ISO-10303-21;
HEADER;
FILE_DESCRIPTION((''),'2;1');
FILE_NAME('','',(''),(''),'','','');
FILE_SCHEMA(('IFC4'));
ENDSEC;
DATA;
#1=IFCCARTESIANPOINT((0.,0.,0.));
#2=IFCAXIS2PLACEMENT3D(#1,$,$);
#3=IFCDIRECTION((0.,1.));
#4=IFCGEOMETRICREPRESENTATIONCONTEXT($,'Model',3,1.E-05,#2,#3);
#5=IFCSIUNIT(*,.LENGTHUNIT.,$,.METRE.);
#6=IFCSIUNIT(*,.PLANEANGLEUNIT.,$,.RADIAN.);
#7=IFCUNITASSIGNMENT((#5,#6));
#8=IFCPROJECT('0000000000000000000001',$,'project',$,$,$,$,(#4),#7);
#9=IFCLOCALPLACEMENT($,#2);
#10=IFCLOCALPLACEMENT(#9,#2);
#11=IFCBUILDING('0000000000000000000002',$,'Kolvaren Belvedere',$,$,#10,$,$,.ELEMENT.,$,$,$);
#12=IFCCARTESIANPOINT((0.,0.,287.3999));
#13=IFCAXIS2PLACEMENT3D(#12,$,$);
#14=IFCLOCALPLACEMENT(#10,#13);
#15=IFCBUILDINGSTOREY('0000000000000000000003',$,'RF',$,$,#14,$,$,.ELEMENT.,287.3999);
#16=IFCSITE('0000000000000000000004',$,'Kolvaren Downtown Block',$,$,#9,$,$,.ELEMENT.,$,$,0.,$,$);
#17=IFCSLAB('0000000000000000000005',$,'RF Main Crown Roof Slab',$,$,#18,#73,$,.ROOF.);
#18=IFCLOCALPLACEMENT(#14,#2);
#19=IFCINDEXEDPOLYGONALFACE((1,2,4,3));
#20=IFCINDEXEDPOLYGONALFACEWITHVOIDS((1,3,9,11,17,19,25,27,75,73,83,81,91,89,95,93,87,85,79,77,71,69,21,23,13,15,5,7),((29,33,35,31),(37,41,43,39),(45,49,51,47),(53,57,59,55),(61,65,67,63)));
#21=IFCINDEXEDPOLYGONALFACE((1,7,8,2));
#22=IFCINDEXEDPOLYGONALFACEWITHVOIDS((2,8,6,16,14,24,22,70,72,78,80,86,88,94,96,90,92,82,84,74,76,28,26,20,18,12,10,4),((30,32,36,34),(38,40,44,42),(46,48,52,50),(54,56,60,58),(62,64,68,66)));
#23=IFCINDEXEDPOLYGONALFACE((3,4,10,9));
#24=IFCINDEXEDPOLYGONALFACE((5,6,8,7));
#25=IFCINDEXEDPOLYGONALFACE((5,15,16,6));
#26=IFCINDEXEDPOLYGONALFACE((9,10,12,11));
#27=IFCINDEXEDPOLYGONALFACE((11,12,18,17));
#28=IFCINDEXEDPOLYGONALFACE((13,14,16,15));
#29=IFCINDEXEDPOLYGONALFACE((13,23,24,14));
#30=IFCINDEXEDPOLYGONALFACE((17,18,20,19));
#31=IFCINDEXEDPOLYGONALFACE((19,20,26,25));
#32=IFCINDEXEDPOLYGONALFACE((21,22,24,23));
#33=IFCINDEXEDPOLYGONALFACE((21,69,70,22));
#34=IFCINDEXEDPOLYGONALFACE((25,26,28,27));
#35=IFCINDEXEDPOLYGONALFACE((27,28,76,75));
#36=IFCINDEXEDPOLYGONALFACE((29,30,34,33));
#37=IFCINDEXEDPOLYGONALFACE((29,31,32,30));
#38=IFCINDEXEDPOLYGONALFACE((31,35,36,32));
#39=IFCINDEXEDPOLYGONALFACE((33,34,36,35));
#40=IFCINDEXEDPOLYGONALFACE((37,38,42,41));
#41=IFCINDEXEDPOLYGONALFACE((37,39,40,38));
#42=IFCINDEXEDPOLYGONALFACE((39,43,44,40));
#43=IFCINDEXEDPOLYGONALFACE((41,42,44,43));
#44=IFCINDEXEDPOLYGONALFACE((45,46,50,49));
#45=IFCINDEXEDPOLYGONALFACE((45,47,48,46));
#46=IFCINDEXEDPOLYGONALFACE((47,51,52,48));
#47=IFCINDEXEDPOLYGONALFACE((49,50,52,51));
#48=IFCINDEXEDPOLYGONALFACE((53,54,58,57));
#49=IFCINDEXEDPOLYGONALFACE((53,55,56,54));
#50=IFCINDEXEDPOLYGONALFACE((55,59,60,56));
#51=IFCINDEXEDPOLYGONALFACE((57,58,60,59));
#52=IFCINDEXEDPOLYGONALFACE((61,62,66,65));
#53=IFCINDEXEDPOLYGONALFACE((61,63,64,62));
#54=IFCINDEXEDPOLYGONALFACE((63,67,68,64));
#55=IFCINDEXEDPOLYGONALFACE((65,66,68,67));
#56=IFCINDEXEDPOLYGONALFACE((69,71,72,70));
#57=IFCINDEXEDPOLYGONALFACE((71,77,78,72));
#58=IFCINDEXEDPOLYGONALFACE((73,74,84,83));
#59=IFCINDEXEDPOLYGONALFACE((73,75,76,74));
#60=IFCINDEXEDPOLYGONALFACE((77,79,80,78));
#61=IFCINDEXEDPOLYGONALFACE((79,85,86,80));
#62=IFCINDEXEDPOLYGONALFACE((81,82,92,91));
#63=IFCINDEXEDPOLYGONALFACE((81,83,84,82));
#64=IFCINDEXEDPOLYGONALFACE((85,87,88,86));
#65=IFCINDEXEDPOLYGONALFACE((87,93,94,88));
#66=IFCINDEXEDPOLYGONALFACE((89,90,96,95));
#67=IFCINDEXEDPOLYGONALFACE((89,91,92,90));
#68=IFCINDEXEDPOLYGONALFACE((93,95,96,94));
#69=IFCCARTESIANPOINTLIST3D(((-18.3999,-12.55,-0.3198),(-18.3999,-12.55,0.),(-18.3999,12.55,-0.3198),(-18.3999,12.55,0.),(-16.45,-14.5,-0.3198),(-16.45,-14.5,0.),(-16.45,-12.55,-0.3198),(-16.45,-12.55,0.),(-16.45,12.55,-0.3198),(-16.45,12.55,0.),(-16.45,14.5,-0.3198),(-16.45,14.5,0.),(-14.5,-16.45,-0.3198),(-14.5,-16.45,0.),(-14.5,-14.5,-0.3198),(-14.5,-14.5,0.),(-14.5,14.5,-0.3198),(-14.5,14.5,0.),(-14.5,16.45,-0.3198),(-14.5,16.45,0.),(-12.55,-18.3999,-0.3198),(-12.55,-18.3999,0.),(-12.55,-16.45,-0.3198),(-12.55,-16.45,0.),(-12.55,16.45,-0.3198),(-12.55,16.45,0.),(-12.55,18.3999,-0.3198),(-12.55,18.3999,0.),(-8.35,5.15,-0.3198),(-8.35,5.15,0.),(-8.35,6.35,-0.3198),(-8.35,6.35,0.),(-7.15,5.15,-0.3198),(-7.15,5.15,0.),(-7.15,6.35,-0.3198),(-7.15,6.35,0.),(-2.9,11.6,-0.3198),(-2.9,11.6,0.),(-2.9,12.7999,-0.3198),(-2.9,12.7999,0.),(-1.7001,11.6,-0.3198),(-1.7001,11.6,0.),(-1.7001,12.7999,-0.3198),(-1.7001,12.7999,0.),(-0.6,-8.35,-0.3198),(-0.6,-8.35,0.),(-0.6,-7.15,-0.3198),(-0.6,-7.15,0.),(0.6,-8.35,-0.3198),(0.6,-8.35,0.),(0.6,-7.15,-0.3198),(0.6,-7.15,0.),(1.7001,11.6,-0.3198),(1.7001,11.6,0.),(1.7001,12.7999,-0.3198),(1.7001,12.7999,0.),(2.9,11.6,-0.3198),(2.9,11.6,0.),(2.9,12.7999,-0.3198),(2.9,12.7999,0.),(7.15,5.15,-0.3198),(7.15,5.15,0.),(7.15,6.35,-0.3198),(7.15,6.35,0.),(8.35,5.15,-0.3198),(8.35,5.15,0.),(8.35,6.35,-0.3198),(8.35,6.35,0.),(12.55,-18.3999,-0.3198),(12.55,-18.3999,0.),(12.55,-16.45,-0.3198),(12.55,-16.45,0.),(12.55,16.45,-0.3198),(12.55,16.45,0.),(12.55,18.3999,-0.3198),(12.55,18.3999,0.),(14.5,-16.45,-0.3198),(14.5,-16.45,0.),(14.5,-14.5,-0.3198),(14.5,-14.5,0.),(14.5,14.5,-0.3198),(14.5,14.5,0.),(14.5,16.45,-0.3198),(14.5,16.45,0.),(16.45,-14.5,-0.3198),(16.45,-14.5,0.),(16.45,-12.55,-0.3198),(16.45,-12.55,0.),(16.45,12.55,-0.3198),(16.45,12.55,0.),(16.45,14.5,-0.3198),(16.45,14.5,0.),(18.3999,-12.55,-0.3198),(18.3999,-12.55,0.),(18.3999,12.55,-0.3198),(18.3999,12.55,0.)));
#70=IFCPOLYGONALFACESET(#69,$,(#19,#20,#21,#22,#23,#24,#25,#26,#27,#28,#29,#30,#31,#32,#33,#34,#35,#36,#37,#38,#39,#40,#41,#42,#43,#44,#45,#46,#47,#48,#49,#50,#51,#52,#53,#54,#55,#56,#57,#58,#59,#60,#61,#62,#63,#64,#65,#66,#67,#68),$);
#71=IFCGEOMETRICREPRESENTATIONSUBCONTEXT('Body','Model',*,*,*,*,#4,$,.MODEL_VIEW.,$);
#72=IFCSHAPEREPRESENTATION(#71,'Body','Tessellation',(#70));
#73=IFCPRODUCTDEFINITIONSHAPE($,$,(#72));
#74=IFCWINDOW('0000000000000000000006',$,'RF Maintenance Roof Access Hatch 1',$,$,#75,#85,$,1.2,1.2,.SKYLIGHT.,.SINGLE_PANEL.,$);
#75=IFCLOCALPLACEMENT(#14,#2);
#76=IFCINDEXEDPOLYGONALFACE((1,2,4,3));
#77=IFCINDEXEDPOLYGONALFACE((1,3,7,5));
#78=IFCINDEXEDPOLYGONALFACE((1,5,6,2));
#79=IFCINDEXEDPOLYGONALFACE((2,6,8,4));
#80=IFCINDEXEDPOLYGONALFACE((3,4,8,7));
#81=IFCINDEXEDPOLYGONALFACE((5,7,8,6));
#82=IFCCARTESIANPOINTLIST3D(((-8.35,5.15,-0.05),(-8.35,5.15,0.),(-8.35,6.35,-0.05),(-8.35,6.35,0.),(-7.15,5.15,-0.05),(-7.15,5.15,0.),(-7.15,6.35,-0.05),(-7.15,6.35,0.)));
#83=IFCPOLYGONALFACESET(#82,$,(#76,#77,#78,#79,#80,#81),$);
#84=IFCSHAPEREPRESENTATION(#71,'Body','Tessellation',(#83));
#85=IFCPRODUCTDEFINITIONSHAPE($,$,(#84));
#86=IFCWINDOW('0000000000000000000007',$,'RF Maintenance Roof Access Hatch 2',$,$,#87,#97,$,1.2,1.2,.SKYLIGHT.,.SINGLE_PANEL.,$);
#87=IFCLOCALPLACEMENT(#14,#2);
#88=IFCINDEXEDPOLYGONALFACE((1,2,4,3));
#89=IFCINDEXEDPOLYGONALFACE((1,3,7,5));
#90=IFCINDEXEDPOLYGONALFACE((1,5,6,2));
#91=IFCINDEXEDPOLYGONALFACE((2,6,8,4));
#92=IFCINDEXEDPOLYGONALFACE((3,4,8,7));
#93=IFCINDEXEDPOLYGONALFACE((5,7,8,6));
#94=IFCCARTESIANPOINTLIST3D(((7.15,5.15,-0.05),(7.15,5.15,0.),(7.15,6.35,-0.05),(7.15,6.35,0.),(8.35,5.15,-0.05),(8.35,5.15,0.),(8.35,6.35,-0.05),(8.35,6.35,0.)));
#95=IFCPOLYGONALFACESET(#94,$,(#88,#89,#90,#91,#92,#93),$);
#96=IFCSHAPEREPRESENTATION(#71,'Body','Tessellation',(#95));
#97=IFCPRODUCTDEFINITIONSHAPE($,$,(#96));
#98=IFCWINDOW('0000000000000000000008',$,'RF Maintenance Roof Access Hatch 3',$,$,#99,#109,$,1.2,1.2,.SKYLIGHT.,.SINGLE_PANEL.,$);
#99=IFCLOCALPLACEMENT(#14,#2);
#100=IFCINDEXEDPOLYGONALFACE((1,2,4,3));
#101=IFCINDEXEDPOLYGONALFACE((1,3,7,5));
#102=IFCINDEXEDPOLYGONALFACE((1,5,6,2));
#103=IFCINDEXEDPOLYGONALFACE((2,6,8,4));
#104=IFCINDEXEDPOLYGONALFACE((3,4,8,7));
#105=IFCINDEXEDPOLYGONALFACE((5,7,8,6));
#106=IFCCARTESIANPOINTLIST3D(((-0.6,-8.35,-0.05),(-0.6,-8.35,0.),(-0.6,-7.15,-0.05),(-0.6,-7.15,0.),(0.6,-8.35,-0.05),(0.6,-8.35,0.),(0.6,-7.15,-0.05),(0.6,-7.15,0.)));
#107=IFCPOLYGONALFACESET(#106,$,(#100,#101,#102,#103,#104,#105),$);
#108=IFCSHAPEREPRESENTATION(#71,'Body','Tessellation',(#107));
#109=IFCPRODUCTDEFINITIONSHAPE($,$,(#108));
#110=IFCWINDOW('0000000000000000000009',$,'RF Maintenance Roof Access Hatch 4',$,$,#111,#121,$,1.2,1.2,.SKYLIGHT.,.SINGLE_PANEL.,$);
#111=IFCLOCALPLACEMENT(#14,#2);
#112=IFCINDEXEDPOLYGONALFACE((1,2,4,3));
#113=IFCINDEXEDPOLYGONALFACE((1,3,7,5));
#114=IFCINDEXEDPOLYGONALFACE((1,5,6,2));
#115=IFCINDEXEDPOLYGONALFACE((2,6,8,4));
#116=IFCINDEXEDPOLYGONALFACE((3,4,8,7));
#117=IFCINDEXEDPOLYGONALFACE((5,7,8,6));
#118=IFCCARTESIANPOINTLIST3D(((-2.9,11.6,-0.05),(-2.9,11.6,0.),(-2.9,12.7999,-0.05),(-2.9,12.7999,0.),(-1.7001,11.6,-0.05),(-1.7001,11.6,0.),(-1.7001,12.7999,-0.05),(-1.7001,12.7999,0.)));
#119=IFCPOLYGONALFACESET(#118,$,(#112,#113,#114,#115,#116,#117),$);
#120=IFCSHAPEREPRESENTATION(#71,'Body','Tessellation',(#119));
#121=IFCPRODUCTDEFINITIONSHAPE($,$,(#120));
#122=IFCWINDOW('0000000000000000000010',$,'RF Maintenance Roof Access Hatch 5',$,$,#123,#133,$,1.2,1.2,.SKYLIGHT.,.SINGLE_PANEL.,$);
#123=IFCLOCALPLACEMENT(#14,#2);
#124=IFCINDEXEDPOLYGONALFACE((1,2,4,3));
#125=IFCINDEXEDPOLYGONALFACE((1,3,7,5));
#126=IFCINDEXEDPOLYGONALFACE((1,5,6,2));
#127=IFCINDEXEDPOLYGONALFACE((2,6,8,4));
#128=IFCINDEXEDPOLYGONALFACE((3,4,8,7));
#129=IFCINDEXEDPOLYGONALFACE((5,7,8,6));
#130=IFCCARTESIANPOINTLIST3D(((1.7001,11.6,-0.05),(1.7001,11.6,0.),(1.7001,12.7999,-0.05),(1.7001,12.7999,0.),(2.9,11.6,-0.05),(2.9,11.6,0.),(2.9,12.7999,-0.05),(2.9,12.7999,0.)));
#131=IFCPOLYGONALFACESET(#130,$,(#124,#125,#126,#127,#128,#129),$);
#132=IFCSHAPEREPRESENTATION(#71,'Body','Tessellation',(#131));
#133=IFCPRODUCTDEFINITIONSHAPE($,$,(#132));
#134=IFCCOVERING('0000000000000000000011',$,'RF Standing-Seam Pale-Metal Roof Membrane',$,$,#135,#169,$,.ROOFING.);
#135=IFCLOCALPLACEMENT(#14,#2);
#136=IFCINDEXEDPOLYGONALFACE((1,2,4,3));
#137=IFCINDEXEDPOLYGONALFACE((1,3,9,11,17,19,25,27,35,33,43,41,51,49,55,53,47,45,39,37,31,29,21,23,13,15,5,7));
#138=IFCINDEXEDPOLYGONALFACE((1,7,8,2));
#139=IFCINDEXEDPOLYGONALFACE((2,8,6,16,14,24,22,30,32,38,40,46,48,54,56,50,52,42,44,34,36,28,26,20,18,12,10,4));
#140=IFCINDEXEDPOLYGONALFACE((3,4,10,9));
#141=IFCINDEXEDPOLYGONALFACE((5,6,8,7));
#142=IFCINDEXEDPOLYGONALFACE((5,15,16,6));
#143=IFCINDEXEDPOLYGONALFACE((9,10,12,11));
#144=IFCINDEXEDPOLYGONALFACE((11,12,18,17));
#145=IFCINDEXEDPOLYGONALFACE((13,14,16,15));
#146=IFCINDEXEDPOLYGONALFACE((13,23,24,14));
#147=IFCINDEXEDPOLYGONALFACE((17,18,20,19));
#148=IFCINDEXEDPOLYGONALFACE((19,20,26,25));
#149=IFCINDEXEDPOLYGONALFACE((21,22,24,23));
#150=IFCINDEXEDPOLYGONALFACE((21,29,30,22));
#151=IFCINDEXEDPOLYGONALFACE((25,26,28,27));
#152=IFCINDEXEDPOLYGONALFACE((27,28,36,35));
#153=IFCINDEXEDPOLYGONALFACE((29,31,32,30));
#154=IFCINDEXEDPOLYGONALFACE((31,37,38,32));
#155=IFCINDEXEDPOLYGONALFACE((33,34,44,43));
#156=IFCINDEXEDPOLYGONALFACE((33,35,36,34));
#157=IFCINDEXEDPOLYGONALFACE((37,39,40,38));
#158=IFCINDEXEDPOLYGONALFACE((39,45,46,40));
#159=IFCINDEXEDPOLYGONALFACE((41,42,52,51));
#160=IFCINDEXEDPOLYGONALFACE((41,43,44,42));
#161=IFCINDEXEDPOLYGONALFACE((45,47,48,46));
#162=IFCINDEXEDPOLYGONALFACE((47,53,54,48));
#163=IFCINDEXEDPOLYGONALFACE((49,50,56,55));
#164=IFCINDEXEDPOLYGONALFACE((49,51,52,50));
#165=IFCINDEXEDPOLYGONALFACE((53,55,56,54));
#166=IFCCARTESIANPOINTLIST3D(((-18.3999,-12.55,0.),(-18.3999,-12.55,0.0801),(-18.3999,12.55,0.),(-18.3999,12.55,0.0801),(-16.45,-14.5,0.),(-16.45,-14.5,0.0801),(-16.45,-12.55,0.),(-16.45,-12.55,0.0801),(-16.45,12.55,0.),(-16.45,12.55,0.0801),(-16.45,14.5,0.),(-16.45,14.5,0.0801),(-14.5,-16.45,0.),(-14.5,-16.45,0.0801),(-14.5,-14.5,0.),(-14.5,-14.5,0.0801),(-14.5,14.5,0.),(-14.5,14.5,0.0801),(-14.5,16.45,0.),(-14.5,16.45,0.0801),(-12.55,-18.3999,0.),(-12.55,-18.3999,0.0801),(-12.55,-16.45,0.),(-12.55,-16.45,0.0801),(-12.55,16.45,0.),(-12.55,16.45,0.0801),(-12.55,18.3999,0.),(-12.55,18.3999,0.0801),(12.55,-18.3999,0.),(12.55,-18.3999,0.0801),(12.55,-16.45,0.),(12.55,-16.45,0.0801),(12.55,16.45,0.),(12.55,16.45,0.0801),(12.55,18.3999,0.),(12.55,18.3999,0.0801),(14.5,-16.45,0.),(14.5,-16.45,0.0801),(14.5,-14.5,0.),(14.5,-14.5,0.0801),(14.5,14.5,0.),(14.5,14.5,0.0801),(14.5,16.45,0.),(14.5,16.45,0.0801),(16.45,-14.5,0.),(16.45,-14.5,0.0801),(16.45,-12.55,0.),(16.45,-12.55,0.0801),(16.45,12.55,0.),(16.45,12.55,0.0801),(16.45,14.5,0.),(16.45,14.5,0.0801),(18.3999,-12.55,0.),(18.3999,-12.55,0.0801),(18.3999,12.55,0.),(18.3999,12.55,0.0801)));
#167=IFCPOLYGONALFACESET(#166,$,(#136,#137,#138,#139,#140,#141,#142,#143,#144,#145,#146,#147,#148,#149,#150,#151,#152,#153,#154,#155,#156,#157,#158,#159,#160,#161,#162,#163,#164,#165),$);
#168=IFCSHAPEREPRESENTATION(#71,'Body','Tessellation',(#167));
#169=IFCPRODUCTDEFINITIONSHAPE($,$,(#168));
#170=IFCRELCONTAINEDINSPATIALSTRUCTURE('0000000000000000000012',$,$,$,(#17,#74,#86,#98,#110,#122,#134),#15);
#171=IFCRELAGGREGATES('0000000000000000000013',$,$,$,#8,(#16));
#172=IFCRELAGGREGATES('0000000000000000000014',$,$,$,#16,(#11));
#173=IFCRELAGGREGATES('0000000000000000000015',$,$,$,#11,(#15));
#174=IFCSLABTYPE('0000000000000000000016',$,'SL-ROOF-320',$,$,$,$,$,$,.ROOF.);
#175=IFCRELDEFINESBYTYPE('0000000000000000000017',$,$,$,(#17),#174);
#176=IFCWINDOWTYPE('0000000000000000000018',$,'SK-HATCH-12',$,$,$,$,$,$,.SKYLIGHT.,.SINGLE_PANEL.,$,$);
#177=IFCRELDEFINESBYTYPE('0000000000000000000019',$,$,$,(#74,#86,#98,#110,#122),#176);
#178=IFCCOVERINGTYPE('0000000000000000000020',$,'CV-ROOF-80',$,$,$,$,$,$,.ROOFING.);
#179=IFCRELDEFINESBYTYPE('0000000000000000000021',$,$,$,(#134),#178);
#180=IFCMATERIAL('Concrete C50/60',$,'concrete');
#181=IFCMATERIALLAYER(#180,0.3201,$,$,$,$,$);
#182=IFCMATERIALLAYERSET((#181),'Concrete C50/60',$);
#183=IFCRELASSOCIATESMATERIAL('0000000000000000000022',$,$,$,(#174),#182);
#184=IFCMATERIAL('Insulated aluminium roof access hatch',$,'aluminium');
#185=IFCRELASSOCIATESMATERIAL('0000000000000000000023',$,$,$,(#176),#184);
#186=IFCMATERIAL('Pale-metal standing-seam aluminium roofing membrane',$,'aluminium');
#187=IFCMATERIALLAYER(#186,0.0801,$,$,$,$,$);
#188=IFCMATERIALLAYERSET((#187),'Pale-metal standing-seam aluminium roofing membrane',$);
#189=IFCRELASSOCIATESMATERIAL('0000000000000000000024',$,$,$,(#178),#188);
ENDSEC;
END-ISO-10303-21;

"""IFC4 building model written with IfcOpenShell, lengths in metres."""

from ifc_helpers import new_model, si_unit, direction, frame, origin, origin_2d, place, context, subcontext, project, spatial, polyline, rectangle, outline, extrude, material, layer, layer_set, type_object, element, fill, save


model = new_model("IFC4")

# Units and contexts
model_context = context("Model", 3, precision=1e-05, world=origin(), true_north=direction((0.0, 1.0)))
body_context = subcontext(model_context, "Body", "Model", "MODEL_VIEW")
ifc_project = project(units=[si_unit("LENGTHUNIT", "METRE"), si_unit("PLANEANGLEUNIT", "RADIAN")], contexts=[model_context])

# Site, building, storey
site_placement = place(None, origin())
site = spatial("IfcSite", under=ifc_project, at=site_placement, Name="Kolvaren Downtown Block", CompositionType="ELEMENT", RefElevation=0.0)
building_placement = place(site_placement, origin())
building = spatial("IfcBuilding", under=site, at=building_placement, Name="Kolvaren Belvedere", CompositionType="ELEMENT")
storey_placement = place(building_placement, frame((0.0, 0.0, 287.3999)))
storey = spatial("IfcBuildingStorey", under=building, at=storey_placement, Name="RF", CompositionType="ELEMENT", Elevation=287.3999)

# Slab, openings, windows
ifc_material_1 = material(Name="Concrete C50/60", Category="concrete")
ifc_layer_1 = layer(ifc_material_1, 0.3201)
ifc_layer_set_1 = layer_set([ifc_layer_1], Name="Concrete C50/60")
slab_type_1 = type_object("IfcSlabType", Name="SL-ROOF-320", PredefinedType="ROOF", material=ifc_layer_set_1)
slab_placement = place(storey_placement, frame((0.0, 0.0, -0.3198)))
slab = element("IfcSlab", 1, at=slab_placement, inside=storey, type_object=slab_type_1, Name="RF Main Crown Roof Slab", PredefinedType="ROOF", context=body_context, shape_type="SweptSolid", body=[
    extrude(outline(polyline([(-12.55, -18.3999), (12.55, -18.3999), (12.55, -16.45), (14.5, -16.45), (14.5, -14.5), (16.45, -14.5), (16.45, -12.55), (18.3999, -12.55), (18.3999, 12.55), (16.45, 12.55), (16.45, 14.5), (14.5, 14.5), (14.5, 16.45), (12.55, 16.45), (12.55, 18.3999), (-12.55, 18.3999), (-12.55, 16.45), (-14.5, 16.45), (-14.5, 14.5), (-16.45, 14.5), (-16.45, 12.55), (-18.3999, 12.55), (-18.3999, -12.55), (-16.45, -12.55), (-16.45, -14.5), (-14.5, -14.5), (-14.5, -16.45), (-12.55, -16.45), (-12.55, -18.3999)])), origin(), (0.0, 0.0, 1.0), 0.3198),
])
opening_1_placement = place(slab_placement, frame((-7.75, 5.75, 0.0)))
opening_1 = element("IfcOpeningElement", 2, at=opening_1_placement, cuts=slab, PredefinedType="OPENING", context=body_context, shape_type="SweptSolid", body=[
    extrude(rectangle(XDim=1.2, YDim=1.2, at=origin_2d()), origin(), (0.0, 0.0, 1.0), 0.3198),
])
opening_2_placement = place(slab_placement, frame((7.75, 5.75, 0.0)))
opening_2 = element("IfcOpeningElement", 3, at=opening_2_placement, cuts=slab, PredefinedType="OPENING", context=body_context, shape_type="SweptSolid", body=[
    extrude(rectangle(XDim=1.2, YDim=1.2, at=origin_2d()), origin(), (0.0, 0.0, 1.0), 0.3198),
])
opening_3_placement = place(slab_placement, frame((0.0, -7.75, 0.0)))
opening_3 = element("IfcOpeningElement", 4, at=opening_3_placement, cuts=slab, PredefinedType="OPENING", context=body_context, shape_type="SweptSolid", body=[
    extrude(rectangle(XDim=1.2, YDim=1.2, at=origin_2d()), origin(), (0.0, 0.0, 1.0), 0.3198),
])
opening_4_placement = place(slab_placement, frame((-2.3, 12.2, 0.0)))
opening_4 = element("IfcOpeningElement", 5, at=opening_4_placement, cuts=slab, PredefinedType="OPENING", context=body_context, shape_type="SweptSolid", body=[
    extrude(rectangle(XDim=1.2, YDim=1.2, at=origin_2d()), origin(), (0.0, 0.0, 1.0), 0.3198),
])
opening_5_placement = place(slab_placement, frame((2.3, 12.2, 0.0)))
opening_5 = element("IfcOpeningElement", 6, at=opening_5_placement, cuts=slab, PredefinedType="OPENING", context=body_context, shape_type="SweptSolid", body=[
    extrude(rectangle(XDim=1.2, YDim=1.2, at=origin_2d()), origin(), (0.0, 0.0, 1.0), 0.3198),
])
ifc_material_2 = material(Name="Insulated aluminium roof access hatch", Category="aluminium")
window_type = type_object("IfcWindowType", Name="SK-HATCH-12", PartitioningType="SINGLE_PANEL", PredefinedType="SKYLIGHT", material=ifc_material_2)
window_1_placement = place(opening_1_placement, frame((0.0, 0.0, 0.2698)))
window_1 = element("IfcWindow", 7, at=window_1_placement, inside=storey, type_object=window_type, Name="RF Maintenance Roof Access Hatch 1", OverallHeight=1.2, OverallWidth=1.2, PartitioningType="SINGLE_PANEL", PredefinedType="SKYLIGHT", context=body_context, shape_type="SweptSolid", body=[
    extrude(rectangle(XDim=1.2, YDim=1.2, at=origin_2d()), origin(), (0.0, 0.0, 1.0), 0.05),
])
fill(opening_1, window_1)
window_2_placement = place(opening_2_placement, frame((0.0, 0.0, 0.2698)))
window_2 = element("IfcWindow", 8, at=window_2_placement, inside=storey, type_object=window_type, Name="RF Maintenance Roof Access Hatch 2", OverallHeight=1.2, OverallWidth=1.2, PartitioningType="SINGLE_PANEL", PredefinedType="SKYLIGHT", context=body_context, shape_type="SweptSolid", body=[
    extrude(rectangle(XDim=1.2, YDim=1.2, at=origin_2d()), origin(), (0.0, 0.0, 1.0), 0.05),
])
fill(opening_2, window_2)
window_3_placement = place(opening_3_placement, frame((0.0, 0.0, 0.2698)))
window_3 = element("IfcWindow", 9, at=window_3_placement, inside=storey, type_object=window_type, Name="RF Maintenance Roof Access Hatch 3", OverallHeight=1.2, OverallWidth=1.2, PartitioningType="SINGLE_PANEL", PredefinedType="SKYLIGHT", context=body_context, shape_type="SweptSolid", body=[
    extrude(rectangle(XDim=1.2, YDim=1.2, at=origin_2d()), origin(), (0.0, 0.0, 1.0), 0.05),
])
fill(opening_3, window_3)
window_4_placement = place(opening_4_placement, frame((0.0, 0.0, 0.2698)))
window_4 = element("IfcWindow", 10, at=window_4_placement, inside=storey, type_object=window_type, Name="RF Maintenance Roof Access Hatch 4", OverallHeight=1.2, OverallWidth=1.2, PartitioningType="SINGLE_PANEL", PredefinedType="SKYLIGHT", context=body_context, shape_type="SweptSolid", body=[
    extrude(rectangle(XDim=1.2, YDim=1.2, at=origin_2d()), origin(), (0.0, 0.0, 1.0), 0.05),
])
fill(opening_4, window_4)
window_5_placement = place(opening_5_placement, frame((0.0, 0.0, 0.2698)))
window_5 = element("IfcWindow", 11, at=window_5_placement, inside=storey, type_object=window_type, Name="RF Maintenance Roof Access Hatch 5", OverallHeight=1.2, OverallWidth=1.2, PartitioningType="SINGLE_PANEL", PredefinedType="SKYLIGHT", context=body_context, shape_type="SweptSolid", body=[
    extrude(rectangle(XDim=1.2, YDim=1.2, at=origin_2d()), origin(), (0.0, 0.0, 1.0), 0.05),
])
fill(opening_5, window_5)

# Covering
ifc_material_3 = material(Name="Pale-metal standing-seam aluminium roofing membrane", Category="aluminium")
ifc_layer_2 = layer(ifc_material_3, 0.0801)
ifc_layer_set_2 = layer_set([ifc_layer_2], Name="Pale-metal standing-seam aluminium roofing membrane")
covering_type = type_object("IfcCoveringType", Name="CV-ROOF-80", PredefinedType="ROOFING", material=ifc_layer_set_2)
covering_placement = place(storey_placement, origin())
element("IfcCovering", 12, at=covering_placement, inside=storey, type_object=covering_type, Name="RF Standing-Seam Pale-Metal Roof Membrane", PredefinedType="ROOFING", context=body_context, shape_type="SweptSolid", body=[
    extrude(outline(polyline([(-12.55, -18.3999), (12.55, -18.3999), (12.55, -16.45), (14.5, -16.45), (14.5, -14.5), (16.45, -14.5), (16.45, -12.55), (18.3999, -12.55), (18.3999, 12.55), (16.45, 12.55), (16.45, 14.5), (14.5, 14.5), (14.5, 16.45), (12.55, 16.45), (12.55, 18.3999), (-12.55, 18.3999), (-12.55, 16.45), (-14.5, 16.45), (-14.5, 14.5), (-16.45, 14.5), (-16.45, 12.55), (-18.3999, 12.55), (-18.3999, -12.55), (-16.45, -12.55), (-16.45, -14.5), (-14.5, -14.5), (-14.5, -16.45), (-12.55, -16.45), (-12.55, -18.3999)])), origin(), (0.0, 0.0, 1.0), 0.0801),
])

save(model, "model.ifc")
